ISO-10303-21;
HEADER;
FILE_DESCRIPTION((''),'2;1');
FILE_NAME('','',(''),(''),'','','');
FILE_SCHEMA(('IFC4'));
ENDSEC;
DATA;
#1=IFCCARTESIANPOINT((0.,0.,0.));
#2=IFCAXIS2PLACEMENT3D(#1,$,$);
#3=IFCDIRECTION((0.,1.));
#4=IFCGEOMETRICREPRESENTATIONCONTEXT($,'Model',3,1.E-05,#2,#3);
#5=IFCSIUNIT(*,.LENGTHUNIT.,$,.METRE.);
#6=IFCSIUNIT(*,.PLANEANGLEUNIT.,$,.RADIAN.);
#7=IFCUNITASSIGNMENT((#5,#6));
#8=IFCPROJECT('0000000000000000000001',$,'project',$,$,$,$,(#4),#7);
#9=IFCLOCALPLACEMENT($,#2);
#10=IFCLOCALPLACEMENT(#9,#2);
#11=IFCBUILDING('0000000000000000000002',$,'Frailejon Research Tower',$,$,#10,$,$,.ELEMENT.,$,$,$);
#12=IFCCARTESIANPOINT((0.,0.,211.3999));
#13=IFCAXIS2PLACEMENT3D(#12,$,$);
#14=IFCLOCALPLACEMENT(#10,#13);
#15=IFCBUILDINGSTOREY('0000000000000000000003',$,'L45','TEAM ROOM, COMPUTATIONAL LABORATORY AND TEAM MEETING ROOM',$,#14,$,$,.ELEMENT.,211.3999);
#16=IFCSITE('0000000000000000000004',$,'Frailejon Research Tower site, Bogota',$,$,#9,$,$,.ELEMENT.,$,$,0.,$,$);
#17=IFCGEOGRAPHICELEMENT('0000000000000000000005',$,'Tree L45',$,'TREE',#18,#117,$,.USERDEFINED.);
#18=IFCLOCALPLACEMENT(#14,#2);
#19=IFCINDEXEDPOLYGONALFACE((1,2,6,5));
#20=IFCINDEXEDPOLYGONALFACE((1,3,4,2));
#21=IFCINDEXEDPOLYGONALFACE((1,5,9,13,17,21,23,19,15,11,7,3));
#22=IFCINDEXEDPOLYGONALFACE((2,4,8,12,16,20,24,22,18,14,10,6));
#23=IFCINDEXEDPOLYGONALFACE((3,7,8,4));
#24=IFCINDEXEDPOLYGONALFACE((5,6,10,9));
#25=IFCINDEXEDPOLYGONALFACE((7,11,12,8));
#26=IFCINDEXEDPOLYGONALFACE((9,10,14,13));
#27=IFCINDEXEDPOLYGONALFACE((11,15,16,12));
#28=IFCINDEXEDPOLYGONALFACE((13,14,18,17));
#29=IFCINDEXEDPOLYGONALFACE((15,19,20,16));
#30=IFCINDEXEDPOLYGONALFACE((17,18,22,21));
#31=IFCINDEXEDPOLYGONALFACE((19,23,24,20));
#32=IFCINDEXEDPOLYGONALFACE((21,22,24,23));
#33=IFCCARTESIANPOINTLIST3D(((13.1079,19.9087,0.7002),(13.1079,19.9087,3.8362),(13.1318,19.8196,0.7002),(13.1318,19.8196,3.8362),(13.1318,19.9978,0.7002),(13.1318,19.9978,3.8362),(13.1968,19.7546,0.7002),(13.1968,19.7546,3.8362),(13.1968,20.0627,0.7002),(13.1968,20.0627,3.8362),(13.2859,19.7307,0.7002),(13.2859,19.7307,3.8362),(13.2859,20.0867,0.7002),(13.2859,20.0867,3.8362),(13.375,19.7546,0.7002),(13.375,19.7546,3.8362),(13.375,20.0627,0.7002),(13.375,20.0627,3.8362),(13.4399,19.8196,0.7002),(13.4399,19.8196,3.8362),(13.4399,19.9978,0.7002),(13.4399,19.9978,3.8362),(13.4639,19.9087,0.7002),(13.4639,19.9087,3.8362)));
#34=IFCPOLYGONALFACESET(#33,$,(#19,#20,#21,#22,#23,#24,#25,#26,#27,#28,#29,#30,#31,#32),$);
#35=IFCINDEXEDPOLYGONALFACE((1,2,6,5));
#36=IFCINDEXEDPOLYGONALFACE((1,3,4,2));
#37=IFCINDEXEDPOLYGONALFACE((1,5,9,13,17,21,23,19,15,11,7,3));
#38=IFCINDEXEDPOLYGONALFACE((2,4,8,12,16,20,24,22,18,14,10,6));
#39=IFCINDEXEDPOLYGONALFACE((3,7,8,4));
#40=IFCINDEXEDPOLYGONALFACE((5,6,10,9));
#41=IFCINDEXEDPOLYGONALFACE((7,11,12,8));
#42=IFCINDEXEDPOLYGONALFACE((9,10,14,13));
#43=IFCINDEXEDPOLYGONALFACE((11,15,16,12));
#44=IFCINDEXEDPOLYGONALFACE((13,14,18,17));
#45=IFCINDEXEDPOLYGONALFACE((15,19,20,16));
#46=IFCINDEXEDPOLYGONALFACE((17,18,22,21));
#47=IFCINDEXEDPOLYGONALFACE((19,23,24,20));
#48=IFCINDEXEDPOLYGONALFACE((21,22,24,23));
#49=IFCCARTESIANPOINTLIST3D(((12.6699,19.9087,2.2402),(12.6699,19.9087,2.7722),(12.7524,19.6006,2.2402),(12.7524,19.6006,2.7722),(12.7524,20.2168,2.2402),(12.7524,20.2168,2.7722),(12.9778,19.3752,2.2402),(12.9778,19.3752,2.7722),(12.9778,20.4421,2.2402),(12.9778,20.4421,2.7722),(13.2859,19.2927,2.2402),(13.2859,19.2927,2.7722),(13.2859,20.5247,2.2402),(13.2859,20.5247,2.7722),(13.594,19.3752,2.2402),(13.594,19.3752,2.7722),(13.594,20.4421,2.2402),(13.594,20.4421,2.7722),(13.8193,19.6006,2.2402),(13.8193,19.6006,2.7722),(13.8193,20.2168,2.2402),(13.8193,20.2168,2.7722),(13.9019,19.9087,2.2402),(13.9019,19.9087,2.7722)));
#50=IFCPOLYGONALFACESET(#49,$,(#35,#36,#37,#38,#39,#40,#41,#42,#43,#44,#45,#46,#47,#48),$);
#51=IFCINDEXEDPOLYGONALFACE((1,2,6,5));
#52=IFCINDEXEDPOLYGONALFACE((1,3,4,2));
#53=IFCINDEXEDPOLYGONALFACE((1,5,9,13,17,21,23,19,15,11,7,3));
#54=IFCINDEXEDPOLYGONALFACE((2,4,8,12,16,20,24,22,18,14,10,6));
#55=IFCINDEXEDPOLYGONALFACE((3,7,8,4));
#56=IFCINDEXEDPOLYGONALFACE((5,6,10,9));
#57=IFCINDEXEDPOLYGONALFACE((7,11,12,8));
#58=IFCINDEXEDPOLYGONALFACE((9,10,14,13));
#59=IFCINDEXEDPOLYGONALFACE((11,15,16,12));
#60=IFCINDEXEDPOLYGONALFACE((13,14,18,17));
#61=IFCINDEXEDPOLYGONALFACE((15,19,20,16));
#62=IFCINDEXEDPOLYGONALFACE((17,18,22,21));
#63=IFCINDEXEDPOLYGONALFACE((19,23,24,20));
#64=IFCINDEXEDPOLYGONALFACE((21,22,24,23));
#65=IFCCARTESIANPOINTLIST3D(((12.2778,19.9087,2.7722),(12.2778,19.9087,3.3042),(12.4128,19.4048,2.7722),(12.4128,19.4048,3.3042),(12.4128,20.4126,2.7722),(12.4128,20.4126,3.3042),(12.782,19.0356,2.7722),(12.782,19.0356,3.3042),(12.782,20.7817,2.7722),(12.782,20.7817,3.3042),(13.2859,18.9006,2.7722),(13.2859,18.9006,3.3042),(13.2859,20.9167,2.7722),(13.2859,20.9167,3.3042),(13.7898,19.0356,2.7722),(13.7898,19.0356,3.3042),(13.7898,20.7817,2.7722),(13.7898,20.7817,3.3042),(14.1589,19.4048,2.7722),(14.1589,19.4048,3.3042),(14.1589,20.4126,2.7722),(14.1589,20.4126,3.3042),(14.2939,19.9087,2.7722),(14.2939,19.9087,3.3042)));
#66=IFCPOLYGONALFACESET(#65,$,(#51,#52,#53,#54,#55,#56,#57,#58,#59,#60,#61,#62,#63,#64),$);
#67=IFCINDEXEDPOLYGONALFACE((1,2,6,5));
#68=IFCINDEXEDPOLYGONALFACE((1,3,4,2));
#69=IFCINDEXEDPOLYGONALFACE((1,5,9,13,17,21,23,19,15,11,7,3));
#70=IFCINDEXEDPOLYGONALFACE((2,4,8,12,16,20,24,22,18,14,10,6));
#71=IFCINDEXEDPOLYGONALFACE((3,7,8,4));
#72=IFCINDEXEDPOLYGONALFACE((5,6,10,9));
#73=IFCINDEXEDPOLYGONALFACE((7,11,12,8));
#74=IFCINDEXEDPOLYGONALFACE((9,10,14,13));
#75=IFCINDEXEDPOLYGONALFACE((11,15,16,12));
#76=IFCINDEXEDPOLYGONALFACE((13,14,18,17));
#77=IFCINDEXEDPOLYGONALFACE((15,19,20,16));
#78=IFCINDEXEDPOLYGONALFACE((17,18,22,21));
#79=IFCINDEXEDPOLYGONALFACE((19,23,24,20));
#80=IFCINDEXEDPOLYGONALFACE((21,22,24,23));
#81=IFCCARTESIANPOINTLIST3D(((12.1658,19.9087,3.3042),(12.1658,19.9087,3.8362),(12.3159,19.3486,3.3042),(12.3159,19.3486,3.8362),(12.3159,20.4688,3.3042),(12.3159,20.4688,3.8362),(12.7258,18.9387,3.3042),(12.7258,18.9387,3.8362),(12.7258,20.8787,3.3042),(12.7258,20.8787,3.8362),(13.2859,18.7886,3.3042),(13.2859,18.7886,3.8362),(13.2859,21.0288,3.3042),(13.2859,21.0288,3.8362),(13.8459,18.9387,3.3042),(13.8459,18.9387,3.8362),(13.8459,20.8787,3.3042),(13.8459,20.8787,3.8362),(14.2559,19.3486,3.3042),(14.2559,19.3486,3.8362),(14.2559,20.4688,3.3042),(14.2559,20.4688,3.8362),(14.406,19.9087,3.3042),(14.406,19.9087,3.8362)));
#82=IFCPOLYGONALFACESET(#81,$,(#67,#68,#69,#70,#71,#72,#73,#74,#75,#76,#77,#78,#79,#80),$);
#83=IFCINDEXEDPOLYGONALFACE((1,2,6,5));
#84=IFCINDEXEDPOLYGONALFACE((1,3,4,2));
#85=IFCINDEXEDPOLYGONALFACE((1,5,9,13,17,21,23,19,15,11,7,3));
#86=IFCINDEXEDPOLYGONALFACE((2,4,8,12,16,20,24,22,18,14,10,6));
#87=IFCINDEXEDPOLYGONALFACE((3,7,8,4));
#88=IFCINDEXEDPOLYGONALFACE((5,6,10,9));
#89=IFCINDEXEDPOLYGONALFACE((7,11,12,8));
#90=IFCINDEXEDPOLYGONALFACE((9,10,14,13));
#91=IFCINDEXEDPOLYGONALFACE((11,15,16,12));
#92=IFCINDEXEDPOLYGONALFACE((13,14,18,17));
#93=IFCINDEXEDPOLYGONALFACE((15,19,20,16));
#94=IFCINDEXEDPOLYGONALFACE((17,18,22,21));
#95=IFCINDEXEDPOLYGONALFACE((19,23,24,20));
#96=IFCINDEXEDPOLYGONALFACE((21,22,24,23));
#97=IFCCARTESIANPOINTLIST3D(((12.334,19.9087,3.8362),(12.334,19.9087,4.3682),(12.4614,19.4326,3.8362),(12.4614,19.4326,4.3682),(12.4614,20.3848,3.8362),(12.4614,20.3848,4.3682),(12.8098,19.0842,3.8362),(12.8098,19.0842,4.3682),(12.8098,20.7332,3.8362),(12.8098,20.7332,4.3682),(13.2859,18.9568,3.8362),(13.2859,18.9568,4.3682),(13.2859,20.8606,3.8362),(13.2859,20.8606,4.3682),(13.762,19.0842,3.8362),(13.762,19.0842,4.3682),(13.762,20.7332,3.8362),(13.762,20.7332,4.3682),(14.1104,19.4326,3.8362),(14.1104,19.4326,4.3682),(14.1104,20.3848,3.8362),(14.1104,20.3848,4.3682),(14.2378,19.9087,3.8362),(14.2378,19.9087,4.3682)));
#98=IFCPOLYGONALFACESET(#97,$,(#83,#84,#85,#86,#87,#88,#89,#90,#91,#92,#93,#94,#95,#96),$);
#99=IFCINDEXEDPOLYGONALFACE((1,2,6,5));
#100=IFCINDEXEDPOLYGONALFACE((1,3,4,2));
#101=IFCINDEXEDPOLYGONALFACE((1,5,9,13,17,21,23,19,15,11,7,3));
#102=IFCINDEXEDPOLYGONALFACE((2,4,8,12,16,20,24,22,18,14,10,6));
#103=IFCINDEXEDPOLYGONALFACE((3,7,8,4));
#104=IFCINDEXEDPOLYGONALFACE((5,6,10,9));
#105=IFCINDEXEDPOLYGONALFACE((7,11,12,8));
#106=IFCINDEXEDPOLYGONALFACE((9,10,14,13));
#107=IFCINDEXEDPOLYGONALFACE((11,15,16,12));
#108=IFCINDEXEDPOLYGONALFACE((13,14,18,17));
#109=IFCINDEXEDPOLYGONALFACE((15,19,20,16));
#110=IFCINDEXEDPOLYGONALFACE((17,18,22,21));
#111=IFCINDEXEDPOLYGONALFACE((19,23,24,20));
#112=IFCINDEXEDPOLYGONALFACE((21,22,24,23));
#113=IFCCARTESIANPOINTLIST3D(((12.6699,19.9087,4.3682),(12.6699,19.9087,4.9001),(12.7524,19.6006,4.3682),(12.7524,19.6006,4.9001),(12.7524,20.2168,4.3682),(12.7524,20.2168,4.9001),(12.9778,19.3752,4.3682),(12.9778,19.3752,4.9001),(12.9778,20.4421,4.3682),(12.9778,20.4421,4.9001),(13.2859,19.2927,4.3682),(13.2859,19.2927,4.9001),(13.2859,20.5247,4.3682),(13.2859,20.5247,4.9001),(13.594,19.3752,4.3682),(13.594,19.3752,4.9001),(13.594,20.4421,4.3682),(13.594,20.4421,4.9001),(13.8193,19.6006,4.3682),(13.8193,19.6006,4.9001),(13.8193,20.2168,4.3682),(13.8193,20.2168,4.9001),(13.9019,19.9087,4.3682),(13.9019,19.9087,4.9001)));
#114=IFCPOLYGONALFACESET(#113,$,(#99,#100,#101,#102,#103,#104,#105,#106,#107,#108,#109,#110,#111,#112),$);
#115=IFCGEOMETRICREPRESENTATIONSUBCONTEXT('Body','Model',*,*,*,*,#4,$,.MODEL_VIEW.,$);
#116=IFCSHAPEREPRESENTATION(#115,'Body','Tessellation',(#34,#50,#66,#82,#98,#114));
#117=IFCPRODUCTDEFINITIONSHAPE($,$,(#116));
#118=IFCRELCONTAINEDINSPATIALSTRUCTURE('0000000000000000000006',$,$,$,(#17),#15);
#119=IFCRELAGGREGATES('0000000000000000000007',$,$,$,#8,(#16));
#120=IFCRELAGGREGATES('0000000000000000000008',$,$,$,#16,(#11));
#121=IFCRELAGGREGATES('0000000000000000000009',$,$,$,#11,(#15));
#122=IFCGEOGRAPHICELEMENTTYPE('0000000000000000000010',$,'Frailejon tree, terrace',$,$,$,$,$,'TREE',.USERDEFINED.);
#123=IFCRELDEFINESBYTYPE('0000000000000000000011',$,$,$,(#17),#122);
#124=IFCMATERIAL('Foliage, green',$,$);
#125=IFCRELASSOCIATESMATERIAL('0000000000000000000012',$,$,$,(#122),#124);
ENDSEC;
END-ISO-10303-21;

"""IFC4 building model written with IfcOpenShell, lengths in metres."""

from ifc_helpers import new_model, si_unit, direction, frame, origin, place, context, subcontext, project, spatial, polyline, outline, extrude, material, type_object, element, save


model = new_model("IFC4")

# Units and contexts
model_context = context("Model", 3, precision=1e-05, world=origin(), true_north=direction((0.0, 1.0)))
body_context = subcontext(model_context, "Body", "Model", "MODEL_VIEW")
ifc_project = project(units=[si_unit("LENGTHUNIT", "METRE"), si_unit("PLANEANGLEUNIT", "RADIAN")], contexts=[model_context])

# Site, building, storey
site_placement = place(None, origin())
site = spatial("IfcSite", under=ifc_project, at=site_placement, Name="Frailejon Research Tower site, Bogota", CompositionType="ELEMENT", RefElevation=0.0)
building_placement = place(site_placement, origin())
building = spatial("IfcBuilding", under=site, at=building_placement, Name="Frailejon Research Tower", CompositionType="ELEMENT")
storey_placement = place(building_placement, frame((0.0, 0.0, 211.3999)))
storey = spatial("IfcBuildingStorey", under=building, at=storey_placement, Name="L45", Description="TEAM ROOM, COMPUTATIONAL LABORATORY AND TEAM MEETING ROOM", CompositionType="ELEMENT", Elevation=211.3999)

# Geographic element
ifc_material_1 = material(Name="Foliage, green")
geographic_element_type = type_object("IfcGeographicElementType", Name="Frailejon tree, terrace", ElementType="TREE", PredefinedType="USERDEFINED", material=ifc_material_1)
geographic_element_placement = place(storey_placement, frame((13.2859, 19.9087, 0.7002)))
element("IfcGeographicElement", 1, at=geographic_element_placement, inside=storey, type_object=geographic_element_type, Name="Tree L45", ObjectType="TREE", PredefinedType="USERDEFINED", context=body_context, shape_type="SweptSolid", body=[
    extrude(outline(polyline([(0.178, 0.0), (0.1541, 0.0891), (0.0891, 0.1541), (0.0, 0.178), (-0.0891, 0.1541), (-0.1541, 0.0891), (-0.178, 0.0), (-0.1541, -0.0891), (-0.0891, -0.1541), (0.0, -0.178), (0.0891, -0.1541), (0.1541, -0.0891), (0.178, 0.0)])), origin(), (0.0, 0.0, 1.0), 3.136),
    extrude(outline(polyline([(0.616, 0.0), (0.5334, 0.3081), (0.3081, 0.5334), (0.0, 0.616), (-0.3081, 0.5334), (-0.5334, 0.3081), (-0.616, 0.0), (-0.5334, -0.3081), (-0.3081, -0.5334), (0.0, -0.616), (0.3081, -0.5334), (0.5334, -0.3081), (0.616, 0.0)])), frame((0.0, 0.0, 1.54)), (0.0, 0.0, 1.0), 0.532),
    extrude(outline(polyline([(1.0081, 0.0), (0.873, 0.5039), (0.5039, 0.873), (0.0, 1.0081), (-0.5039, 0.873), (-0.873, 0.5039), (-1.0081, 0.0), (-0.873, -0.5039), (-0.5039, -0.873), (0.0, -1.0081), (0.5039, -0.873), (0.873, -0.5039), (1.0081, 0.0)])), frame((0.0, 0.0, 2.072)), (0.0, 0.0, 1.0), 0.532),
    extrude(outline(polyline([(1.1201, 0.0), (0.97, 0.5601), (0.5601, 0.97), (0.0, 1.1201), (-0.5601, 0.97), (-0.97, 0.5601), (-1.1201, 0.0), (-0.97, -0.5601), (-0.5601, -0.97), (0.0, -1.1201), (0.5601, -0.97), (0.97, -0.5601), (1.1201, 0.0)])), frame((0.0, 0.0, 2.604)), (0.0, 0.0, 1.0), 0.532),
    extrude(outline(polyline([(0.9519, 0.0), (0.8245, 0.4761), (0.4761, 0.8245), (0.0, 0.9519), (-0.4761, 0.8245), (-0.8245, 0.4761), (-0.9519, 0.0), (-0.8245, -0.4761), (-0.4761, -0.8245), (0.0, -0.9519), (0.4761, -0.8245), (0.8245, -0.4761), (0.9519, 0.0)])), frame((0.0, 0.0, 3.136)), (0.0, 0.0, 1.0), 0.532),
    extrude(outline(polyline([(0.616, 0.0), (0.5334, 0.3081), (0.3081, 0.5334), (0.0, 0.616), (-0.3081, 0.5334), (-0.5334, 0.3081), (-0.616, 0.0), (-0.5334, -0.3081), (-0.3081, -0.5334), (0.0, -0.616), (0.3081, -0.5334), (0.5334, -0.3081), (0.616, 0.0)])), frame((0.0, 0.0, 3.668)), (0.0, 0.0, 1.0), 0.532),
])

save(model, "model.ifc")
